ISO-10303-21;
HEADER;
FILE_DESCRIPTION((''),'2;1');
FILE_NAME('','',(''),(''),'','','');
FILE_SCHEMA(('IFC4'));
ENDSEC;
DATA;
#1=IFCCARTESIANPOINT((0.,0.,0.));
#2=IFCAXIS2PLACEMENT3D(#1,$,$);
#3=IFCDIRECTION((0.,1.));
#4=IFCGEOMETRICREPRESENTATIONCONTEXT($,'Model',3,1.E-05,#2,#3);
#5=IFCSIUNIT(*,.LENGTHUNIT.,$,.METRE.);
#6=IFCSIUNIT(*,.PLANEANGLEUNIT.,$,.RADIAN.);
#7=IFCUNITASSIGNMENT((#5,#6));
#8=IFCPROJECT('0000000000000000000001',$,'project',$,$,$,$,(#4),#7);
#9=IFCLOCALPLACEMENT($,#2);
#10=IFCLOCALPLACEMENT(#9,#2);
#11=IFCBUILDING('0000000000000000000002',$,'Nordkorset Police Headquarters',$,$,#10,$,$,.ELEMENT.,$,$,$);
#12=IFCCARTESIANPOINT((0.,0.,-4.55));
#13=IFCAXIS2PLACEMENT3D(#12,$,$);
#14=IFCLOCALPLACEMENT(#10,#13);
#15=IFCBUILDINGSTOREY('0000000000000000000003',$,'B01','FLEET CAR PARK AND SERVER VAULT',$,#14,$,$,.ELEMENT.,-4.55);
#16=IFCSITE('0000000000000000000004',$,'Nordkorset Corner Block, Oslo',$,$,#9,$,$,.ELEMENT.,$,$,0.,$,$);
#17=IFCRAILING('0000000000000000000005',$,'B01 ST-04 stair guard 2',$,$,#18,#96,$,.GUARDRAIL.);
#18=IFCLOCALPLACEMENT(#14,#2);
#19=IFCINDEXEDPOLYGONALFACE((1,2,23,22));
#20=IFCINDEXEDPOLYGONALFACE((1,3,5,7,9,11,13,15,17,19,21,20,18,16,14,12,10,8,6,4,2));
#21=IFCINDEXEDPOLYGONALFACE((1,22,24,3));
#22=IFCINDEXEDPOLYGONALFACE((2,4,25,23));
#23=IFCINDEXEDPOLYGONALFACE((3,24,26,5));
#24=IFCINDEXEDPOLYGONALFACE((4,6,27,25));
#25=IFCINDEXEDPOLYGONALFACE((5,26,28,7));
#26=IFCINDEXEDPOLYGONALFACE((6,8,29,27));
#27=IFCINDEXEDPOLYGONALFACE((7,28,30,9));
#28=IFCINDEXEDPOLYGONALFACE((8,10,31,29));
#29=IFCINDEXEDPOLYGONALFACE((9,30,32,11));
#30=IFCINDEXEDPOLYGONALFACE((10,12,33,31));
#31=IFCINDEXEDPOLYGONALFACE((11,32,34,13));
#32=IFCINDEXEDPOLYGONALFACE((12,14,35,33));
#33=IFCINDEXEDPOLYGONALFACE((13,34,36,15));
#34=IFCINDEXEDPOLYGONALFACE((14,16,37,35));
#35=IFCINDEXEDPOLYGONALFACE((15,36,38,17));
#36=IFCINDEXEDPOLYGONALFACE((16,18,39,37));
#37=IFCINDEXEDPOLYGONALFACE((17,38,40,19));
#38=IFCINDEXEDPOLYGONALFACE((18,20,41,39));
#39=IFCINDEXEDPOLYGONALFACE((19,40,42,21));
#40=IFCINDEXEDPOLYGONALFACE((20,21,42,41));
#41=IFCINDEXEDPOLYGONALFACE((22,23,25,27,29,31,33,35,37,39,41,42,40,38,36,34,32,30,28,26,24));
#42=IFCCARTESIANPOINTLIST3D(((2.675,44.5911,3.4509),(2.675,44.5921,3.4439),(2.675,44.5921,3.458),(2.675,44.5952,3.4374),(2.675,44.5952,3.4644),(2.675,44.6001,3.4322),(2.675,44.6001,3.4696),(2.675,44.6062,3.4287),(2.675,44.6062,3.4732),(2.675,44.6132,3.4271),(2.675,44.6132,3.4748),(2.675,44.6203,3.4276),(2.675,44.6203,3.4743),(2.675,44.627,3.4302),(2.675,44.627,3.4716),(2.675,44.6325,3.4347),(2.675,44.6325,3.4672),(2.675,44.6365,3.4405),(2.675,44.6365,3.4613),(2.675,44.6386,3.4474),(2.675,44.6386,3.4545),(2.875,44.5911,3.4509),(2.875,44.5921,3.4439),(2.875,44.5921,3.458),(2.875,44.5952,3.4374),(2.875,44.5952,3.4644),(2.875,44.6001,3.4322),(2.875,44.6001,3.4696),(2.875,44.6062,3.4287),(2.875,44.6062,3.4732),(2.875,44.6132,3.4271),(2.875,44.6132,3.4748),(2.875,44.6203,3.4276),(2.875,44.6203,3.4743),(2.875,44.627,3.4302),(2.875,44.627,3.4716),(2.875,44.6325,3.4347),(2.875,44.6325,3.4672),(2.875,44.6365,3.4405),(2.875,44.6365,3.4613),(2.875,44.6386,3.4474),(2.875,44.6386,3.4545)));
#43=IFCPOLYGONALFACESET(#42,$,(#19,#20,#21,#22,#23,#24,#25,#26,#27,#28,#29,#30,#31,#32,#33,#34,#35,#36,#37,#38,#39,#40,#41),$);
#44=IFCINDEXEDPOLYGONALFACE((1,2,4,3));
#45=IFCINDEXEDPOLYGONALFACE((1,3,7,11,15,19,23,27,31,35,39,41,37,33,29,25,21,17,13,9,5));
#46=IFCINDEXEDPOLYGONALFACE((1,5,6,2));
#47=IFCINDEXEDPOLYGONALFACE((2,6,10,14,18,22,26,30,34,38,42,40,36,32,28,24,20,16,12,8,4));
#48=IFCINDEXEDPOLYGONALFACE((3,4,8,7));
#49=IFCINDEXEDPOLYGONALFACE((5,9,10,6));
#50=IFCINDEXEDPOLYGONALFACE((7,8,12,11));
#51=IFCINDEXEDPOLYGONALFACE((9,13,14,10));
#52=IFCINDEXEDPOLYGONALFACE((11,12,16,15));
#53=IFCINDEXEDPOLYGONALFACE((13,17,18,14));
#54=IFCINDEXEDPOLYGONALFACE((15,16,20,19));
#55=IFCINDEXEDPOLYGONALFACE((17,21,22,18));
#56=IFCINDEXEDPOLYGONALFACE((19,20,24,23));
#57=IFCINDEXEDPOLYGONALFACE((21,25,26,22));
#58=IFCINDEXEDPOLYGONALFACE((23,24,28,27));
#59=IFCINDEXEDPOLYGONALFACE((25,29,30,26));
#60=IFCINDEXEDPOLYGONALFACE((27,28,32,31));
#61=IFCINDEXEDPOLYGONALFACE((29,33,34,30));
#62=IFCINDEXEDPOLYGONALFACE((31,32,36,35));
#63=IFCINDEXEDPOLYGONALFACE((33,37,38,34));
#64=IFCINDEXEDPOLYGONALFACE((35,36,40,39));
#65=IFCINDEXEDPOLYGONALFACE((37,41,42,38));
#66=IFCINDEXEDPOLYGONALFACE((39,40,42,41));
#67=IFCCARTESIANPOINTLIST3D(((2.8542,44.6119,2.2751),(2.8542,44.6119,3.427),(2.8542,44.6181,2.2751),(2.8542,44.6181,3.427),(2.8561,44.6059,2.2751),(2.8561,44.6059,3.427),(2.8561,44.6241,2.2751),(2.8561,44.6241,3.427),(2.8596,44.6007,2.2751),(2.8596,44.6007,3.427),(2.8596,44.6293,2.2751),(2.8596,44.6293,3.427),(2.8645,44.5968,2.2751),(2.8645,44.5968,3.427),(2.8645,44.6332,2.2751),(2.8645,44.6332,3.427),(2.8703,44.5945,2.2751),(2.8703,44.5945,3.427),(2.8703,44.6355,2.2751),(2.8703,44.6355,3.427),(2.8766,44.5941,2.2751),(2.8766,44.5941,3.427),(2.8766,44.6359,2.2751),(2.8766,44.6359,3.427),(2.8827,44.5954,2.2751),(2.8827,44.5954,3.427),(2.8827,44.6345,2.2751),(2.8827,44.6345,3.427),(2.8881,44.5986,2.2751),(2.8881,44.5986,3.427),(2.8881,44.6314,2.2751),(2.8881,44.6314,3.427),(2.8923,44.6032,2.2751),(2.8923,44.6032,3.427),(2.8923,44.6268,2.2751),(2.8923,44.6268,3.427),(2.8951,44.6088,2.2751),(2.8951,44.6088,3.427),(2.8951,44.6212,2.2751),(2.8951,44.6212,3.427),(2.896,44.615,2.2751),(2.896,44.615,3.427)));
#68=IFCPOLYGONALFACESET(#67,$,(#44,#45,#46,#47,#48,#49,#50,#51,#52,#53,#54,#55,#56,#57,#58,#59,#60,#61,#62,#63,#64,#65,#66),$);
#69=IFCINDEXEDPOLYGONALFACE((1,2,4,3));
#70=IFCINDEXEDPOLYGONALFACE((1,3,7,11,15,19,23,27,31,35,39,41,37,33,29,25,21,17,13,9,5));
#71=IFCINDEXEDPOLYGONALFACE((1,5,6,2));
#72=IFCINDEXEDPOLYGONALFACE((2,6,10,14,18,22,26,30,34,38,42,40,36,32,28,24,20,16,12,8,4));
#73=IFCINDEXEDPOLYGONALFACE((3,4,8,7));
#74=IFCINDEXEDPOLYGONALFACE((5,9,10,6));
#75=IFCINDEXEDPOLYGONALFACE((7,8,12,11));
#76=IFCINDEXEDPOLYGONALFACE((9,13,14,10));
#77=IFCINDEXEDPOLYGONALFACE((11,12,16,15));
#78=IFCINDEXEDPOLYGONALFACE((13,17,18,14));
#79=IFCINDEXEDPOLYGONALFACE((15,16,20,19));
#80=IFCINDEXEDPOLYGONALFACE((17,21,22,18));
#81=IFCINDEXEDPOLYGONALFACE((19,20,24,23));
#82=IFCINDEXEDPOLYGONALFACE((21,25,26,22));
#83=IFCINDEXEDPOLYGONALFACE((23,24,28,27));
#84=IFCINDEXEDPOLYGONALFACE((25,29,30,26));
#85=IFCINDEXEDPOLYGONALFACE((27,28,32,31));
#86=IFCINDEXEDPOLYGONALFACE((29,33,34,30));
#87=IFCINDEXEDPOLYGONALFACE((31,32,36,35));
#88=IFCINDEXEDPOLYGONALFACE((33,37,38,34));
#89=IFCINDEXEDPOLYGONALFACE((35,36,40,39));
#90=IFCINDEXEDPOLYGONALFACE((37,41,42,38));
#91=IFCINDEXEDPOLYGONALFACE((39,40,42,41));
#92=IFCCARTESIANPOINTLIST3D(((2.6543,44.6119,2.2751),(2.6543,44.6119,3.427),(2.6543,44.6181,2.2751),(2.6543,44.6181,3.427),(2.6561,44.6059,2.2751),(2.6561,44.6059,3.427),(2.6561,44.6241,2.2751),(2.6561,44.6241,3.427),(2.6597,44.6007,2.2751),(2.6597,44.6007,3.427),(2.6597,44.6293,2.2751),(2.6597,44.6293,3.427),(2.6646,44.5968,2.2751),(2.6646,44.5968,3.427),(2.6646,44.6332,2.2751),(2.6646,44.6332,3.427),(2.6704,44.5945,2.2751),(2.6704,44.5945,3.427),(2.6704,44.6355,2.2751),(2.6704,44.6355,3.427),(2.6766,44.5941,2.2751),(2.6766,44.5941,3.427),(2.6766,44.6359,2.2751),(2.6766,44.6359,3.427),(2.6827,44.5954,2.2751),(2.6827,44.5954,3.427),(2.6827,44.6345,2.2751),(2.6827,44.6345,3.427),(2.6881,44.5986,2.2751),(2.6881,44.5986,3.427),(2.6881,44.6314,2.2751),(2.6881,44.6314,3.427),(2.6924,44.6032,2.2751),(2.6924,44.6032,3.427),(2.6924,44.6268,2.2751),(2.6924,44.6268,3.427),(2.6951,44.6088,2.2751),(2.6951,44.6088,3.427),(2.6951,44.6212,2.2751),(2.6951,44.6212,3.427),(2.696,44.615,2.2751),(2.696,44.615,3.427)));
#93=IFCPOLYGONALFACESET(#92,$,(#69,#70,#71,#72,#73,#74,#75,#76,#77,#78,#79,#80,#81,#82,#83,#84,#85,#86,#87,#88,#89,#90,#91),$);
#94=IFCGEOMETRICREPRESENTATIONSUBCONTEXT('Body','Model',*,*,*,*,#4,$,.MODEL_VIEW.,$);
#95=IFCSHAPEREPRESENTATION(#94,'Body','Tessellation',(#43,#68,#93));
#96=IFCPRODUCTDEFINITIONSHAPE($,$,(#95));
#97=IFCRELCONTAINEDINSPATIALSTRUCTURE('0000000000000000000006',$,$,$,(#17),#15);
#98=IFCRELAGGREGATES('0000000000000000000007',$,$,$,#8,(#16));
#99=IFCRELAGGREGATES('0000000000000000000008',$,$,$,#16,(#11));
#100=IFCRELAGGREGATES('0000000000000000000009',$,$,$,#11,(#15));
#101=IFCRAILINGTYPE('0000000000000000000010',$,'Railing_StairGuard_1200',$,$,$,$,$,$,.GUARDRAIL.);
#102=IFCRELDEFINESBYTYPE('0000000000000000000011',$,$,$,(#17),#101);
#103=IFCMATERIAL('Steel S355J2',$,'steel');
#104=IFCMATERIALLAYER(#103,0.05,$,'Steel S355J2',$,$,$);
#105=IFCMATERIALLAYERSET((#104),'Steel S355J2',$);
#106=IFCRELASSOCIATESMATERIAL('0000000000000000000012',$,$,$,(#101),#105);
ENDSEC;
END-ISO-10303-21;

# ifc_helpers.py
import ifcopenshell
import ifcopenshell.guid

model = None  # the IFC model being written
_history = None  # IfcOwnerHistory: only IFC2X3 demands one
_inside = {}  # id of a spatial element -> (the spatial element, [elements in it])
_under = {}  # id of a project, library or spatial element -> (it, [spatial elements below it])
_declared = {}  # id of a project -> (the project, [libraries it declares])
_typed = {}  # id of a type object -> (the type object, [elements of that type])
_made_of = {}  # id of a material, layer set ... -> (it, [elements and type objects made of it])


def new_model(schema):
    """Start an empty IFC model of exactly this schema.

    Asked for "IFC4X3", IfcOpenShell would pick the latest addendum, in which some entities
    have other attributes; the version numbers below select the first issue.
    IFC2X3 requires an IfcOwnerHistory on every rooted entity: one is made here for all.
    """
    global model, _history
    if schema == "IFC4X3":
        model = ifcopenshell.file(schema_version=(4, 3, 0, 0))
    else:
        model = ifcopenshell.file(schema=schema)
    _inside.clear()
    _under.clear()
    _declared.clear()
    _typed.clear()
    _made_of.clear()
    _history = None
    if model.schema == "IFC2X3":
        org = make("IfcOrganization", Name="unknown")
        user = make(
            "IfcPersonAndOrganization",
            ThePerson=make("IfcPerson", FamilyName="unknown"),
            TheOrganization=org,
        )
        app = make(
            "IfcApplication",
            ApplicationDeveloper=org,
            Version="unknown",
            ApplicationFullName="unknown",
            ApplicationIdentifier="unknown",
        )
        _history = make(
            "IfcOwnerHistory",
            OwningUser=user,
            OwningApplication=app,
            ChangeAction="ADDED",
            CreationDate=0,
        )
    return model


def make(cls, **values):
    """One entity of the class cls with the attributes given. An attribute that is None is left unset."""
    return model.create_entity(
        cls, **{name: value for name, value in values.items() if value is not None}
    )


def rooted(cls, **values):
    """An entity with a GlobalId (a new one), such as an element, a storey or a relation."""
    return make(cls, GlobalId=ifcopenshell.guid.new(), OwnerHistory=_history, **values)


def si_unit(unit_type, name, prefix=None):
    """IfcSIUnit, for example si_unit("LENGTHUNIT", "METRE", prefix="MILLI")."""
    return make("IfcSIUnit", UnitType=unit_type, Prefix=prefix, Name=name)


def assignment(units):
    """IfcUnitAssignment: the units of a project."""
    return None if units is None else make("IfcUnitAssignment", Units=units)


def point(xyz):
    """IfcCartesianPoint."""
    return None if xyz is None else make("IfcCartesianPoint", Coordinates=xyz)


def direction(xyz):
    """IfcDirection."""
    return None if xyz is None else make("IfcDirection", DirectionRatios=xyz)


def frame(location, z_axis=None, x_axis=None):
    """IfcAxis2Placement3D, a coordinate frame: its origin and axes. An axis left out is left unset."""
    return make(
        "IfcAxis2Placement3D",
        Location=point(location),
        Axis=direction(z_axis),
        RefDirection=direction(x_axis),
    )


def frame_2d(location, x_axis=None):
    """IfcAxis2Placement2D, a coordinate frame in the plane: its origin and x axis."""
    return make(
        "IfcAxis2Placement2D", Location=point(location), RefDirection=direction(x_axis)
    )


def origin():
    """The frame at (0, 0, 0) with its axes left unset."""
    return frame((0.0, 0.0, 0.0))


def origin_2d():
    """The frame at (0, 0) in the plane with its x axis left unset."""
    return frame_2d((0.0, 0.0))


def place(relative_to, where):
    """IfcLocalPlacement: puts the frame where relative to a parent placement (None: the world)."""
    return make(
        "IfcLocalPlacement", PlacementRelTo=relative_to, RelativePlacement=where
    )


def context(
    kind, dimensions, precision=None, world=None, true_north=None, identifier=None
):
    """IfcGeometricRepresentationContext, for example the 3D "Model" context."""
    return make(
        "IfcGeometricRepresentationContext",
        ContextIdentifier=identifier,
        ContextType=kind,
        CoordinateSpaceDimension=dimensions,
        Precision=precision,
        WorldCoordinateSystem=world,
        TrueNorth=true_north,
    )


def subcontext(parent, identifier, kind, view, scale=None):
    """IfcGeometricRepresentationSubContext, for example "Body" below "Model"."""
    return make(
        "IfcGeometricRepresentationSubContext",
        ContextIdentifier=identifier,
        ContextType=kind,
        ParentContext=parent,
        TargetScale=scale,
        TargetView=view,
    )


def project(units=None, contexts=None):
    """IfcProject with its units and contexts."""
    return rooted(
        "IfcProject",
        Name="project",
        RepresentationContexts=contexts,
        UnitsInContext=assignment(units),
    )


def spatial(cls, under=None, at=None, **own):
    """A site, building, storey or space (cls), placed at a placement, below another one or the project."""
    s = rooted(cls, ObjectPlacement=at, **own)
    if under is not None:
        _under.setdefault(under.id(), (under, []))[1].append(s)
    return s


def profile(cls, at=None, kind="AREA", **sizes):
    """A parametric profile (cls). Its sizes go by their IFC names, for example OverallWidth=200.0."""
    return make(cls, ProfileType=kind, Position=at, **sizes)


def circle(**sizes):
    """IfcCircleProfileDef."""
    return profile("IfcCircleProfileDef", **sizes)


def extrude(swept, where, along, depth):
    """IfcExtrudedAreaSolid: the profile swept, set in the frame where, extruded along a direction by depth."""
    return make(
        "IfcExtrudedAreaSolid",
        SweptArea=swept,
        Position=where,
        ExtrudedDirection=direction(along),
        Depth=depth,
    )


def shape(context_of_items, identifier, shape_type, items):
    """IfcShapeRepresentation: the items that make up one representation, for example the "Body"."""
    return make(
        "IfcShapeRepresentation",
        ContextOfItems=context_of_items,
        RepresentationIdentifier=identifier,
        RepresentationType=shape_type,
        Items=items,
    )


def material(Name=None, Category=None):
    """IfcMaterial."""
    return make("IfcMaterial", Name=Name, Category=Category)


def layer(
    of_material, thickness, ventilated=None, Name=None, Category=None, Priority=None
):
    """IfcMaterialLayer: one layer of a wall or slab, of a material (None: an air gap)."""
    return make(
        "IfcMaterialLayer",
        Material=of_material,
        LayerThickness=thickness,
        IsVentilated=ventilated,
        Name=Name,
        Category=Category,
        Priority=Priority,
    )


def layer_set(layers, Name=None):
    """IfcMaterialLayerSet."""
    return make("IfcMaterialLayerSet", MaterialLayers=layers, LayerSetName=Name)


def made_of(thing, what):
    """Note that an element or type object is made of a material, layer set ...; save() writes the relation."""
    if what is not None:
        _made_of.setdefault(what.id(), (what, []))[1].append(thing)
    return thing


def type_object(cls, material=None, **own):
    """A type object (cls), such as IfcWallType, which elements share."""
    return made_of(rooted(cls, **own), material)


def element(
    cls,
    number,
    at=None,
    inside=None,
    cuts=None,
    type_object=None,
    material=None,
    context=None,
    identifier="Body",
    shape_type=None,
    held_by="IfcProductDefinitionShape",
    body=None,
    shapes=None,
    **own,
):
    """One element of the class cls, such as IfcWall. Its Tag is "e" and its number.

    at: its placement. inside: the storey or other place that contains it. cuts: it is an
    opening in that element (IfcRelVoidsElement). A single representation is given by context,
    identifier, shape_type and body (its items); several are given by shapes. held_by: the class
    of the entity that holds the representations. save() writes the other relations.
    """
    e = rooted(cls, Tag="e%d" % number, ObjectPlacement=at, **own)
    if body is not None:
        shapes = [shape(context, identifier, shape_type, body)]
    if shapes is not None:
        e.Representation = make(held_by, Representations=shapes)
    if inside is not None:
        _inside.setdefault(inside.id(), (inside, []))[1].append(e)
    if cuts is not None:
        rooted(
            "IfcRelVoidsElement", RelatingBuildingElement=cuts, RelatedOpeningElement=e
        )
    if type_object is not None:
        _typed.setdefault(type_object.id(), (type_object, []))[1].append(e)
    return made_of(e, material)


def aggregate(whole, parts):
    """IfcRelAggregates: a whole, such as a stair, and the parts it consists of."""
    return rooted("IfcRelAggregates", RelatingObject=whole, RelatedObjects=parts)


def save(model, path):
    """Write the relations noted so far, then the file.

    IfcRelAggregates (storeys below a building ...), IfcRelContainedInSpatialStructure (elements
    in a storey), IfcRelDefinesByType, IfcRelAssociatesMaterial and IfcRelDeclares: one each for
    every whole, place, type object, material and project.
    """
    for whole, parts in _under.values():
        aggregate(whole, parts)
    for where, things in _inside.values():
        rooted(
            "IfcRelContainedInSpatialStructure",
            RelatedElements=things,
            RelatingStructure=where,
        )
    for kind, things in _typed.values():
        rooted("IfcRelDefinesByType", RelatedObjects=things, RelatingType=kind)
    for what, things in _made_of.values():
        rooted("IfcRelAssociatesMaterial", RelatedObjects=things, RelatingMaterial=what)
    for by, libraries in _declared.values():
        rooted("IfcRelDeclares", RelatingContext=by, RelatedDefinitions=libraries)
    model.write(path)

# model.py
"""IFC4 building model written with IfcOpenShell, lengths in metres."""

from ifc_helpers import new_model, si_unit, direction, frame, origin, origin_2d, place, context, subcontext, project, spatial, circle, extrude, material, layer, layer_set, type_object, element, save


model = new_model("IFC4")

# Units and contexts
model_context = context("Model", 3, precision=1e-05, world=origin(), true_north=direction((0.0, 1.0)))
body_context = subcontext(model_context, "Body", "Model", "MODEL_VIEW")
ifc_project = project(units=[si_unit("LENGTHUNIT", "METRE"), si_unit("PLANEANGLEUNIT", "RADIAN")], contexts=[model_context])

# Site, building, storey
site_placement = place(None, origin())
site = spatial("IfcSite", under=ifc_project, at=site_placement, Name="Nordkorset Corner Block, Oslo", CompositionType="ELEMENT", RefElevation=0.0)
building_placement = place(site_placement, origin())
building = spatial("IfcBuilding", under=site, at=building_placement, Name="Nordkorset Police Headquarters", CompositionType="ELEMENT")
storey_placement = place(building_placement, frame((0.0, 0.0, -4.55)))
storey = spatial("IfcBuildingStorey", under=building, at=storey_placement, Name="B01", Description="FLEET CAR PARK AND SERVER VAULT", CompositionType="ELEMENT", Elevation=-4.55)

# Railing
ifc_material_1 = material(Name="Steel S355J2", Category="steel")
ifc_layer_1 = layer(ifc_material_1, 0.05, Name="Steel S355J2")
ifc_layer_set_1 = layer_set([ifc_layer_1], Name="Steel S355J2")
railing_type_1 = type_object("IfcRailingType", Name="Railing_StairGuard_1200", PredefinedType="GUARDRAIL", material=ifc_layer_set_1)
railing_1_placement = place(storey_placement, frame((2.875, 44.615, 2.2751)))
element("IfcRailing", 1, at=railing_1_placement, inside=storey, type_object=railing_type_1, Name="B01 ST-04 stair guard 2", PredefinedType="GUARDRAIL", context=body_context, shape_type="SweptSolid", body=[
    extrude(circle(Radius=0.0239, at=origin_2d()), frame((0.0, 0.0, 1.1758), z_axis=(-1.0, 0.0, 0.0), x_axis=(0.0, -1.0, 0.0)), (0.0, 0.0, 1.0), 0.2),
    extrude(circle(Radius=0.021, at=origin_2d()), origin(), (0.0, 0.0, 1.0), 1.1519),
    extrude(circle(Radius=0.021, at=origin_2d()), frame((-0.2, 0.0, 0.0)), (0.0, 0.0, 1.0), 1.1519),
])

save(model, "model.ifc")
